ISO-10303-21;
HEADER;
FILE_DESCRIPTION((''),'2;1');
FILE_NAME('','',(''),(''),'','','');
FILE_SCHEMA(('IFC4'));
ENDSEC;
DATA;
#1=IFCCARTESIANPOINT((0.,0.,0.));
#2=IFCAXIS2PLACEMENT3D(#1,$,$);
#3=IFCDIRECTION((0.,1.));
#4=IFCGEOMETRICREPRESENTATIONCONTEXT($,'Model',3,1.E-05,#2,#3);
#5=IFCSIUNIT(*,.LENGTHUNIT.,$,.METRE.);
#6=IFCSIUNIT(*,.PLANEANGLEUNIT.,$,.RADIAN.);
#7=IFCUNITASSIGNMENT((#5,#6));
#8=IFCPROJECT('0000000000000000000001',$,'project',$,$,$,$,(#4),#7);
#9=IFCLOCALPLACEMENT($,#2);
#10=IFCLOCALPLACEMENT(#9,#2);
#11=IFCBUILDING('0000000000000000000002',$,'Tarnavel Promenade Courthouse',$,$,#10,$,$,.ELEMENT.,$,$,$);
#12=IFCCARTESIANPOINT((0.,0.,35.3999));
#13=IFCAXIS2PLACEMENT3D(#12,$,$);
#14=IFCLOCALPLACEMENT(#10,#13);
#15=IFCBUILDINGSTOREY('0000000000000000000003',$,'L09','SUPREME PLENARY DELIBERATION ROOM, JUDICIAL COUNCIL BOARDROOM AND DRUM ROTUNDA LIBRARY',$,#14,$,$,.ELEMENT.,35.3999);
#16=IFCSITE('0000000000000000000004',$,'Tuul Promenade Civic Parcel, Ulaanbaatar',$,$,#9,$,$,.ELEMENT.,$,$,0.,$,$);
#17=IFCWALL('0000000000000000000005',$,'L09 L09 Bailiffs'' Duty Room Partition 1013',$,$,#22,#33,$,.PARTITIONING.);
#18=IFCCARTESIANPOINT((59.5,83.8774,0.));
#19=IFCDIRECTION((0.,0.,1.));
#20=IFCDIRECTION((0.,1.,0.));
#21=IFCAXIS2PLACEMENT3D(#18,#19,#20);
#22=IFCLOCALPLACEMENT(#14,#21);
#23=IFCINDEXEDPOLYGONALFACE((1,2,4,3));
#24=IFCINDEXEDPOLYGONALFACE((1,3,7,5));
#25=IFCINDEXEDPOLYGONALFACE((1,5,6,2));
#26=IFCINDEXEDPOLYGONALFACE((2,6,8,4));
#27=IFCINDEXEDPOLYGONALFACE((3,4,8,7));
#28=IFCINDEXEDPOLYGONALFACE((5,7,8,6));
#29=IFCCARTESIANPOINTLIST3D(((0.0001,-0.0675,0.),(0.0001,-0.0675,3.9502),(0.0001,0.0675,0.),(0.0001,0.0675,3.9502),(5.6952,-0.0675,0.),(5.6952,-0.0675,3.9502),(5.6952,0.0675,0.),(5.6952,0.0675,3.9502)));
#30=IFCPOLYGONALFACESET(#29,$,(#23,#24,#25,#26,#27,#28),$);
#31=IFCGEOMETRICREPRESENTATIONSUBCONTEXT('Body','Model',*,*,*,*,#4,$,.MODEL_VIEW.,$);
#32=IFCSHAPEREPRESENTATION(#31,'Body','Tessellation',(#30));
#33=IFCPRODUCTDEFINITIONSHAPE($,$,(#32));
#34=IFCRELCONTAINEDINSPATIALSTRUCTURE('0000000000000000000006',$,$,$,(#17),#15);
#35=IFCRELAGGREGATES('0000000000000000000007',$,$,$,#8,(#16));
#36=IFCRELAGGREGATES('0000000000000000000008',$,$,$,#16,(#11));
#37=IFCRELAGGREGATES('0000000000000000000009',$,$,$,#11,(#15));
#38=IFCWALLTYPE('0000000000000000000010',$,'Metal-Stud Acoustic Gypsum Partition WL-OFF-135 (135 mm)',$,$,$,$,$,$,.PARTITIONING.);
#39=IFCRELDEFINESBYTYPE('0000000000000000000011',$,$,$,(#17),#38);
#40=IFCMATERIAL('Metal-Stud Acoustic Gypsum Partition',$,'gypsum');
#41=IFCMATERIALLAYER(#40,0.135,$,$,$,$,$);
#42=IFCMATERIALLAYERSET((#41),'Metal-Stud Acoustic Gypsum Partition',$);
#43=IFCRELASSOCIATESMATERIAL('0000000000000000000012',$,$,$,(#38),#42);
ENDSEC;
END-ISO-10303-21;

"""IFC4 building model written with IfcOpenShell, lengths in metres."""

from ifc_helpers import new_model, si_unit, direction, frame, frame_2d, origin, place, context, subcontext, project, spatial, rectangle, extrude, material, layer, layer_set, type_object, element, save


model = new_model("IFC4")

# Units and contexts
model_context = context("Model", 3, precision=1e-05, world=origin(), true_north=direction((0.0, 1.0)))
body_context = subcontext(model_context, "Body", "Model", "MODEL_VIEW")
ifc_project = project(units=[si_unit("LENGTHUNIT", "METRE"), si_unit("PLANEANGLEUNIT", "RADIAN")], contexts=[model_context])

# Site, building, storey
site_placement = place(None, origin())
site = spatial("IfcSite", under=ifc_project, at=site_placement, Name="Tuul Promenade Civic Parcel, Ulaanbaatar", CompositionType="ELEMENT", RefElevation=0.0)
building_placement = place(site_placement, origin())
building = spatial("IfcBuilding", under=site, at=building_placement, Name="Tarnavel Promenade Courthouse", CompositionType="ELEMENT")
storey_placement = place(building_placement, frame((0.0, 0.0, 35.3999)))
storey = spatial("IfcBuildingStorey", under=building, at=storey_placement, Name="L09", Description="SUPREME PLENARY DELIBERATION ROOM, JUDICIAL COUNCIL BOARDROOM AND DRUM ROTUNDA LIBRARY", CompositionType="ELEMENT", Elevation=35.3999)

# Wall
ifc_material_1 = material(Name="Metal-Stud Acoustic Gypsum Partition", Category="gypsum")
ifc_layer_1 = layer(ifc_material_1, 0.135)
ifc_layer_set_1 = layer_set([ifc_layer_1], Name="Metal-Stud Acoustic Gypsum Partition")
wall_type_1 = type_object("IfcWallType", Name="Metal-Stud Acoustic Gypsum Partition WL-OFF-135 (135 mm)", PredefinedType="PARTITIONING", material=ifc_layer_set_1)
for number, where, z_axis, x_axis, name in (
    (1, (59.5, 83.8774, 0.0), (0.0, 0.0, 1.0), (0.0, 1.0, 0.0), "L09 L09 Bailiffs' Duty Room Partition 1013"),
):
    element("IfcWall", number, at=place(storey_placement, frame(where, z_axis=z_axis, x_axis=x_axis)), inside=storey, type_object=wall_type_1, Name=name, PredefinedType="PARTITIONING", context=body_context, shape_type="SweptSolid", body=[
        extrude(rectangle(XDim=5.6951, YDim=0.135, at=frame_2d((2.8477, 0.0))), origin(), (0.0, 0.0, 1.0), 3.9502),
    ])

save(model, "model.ifc")
